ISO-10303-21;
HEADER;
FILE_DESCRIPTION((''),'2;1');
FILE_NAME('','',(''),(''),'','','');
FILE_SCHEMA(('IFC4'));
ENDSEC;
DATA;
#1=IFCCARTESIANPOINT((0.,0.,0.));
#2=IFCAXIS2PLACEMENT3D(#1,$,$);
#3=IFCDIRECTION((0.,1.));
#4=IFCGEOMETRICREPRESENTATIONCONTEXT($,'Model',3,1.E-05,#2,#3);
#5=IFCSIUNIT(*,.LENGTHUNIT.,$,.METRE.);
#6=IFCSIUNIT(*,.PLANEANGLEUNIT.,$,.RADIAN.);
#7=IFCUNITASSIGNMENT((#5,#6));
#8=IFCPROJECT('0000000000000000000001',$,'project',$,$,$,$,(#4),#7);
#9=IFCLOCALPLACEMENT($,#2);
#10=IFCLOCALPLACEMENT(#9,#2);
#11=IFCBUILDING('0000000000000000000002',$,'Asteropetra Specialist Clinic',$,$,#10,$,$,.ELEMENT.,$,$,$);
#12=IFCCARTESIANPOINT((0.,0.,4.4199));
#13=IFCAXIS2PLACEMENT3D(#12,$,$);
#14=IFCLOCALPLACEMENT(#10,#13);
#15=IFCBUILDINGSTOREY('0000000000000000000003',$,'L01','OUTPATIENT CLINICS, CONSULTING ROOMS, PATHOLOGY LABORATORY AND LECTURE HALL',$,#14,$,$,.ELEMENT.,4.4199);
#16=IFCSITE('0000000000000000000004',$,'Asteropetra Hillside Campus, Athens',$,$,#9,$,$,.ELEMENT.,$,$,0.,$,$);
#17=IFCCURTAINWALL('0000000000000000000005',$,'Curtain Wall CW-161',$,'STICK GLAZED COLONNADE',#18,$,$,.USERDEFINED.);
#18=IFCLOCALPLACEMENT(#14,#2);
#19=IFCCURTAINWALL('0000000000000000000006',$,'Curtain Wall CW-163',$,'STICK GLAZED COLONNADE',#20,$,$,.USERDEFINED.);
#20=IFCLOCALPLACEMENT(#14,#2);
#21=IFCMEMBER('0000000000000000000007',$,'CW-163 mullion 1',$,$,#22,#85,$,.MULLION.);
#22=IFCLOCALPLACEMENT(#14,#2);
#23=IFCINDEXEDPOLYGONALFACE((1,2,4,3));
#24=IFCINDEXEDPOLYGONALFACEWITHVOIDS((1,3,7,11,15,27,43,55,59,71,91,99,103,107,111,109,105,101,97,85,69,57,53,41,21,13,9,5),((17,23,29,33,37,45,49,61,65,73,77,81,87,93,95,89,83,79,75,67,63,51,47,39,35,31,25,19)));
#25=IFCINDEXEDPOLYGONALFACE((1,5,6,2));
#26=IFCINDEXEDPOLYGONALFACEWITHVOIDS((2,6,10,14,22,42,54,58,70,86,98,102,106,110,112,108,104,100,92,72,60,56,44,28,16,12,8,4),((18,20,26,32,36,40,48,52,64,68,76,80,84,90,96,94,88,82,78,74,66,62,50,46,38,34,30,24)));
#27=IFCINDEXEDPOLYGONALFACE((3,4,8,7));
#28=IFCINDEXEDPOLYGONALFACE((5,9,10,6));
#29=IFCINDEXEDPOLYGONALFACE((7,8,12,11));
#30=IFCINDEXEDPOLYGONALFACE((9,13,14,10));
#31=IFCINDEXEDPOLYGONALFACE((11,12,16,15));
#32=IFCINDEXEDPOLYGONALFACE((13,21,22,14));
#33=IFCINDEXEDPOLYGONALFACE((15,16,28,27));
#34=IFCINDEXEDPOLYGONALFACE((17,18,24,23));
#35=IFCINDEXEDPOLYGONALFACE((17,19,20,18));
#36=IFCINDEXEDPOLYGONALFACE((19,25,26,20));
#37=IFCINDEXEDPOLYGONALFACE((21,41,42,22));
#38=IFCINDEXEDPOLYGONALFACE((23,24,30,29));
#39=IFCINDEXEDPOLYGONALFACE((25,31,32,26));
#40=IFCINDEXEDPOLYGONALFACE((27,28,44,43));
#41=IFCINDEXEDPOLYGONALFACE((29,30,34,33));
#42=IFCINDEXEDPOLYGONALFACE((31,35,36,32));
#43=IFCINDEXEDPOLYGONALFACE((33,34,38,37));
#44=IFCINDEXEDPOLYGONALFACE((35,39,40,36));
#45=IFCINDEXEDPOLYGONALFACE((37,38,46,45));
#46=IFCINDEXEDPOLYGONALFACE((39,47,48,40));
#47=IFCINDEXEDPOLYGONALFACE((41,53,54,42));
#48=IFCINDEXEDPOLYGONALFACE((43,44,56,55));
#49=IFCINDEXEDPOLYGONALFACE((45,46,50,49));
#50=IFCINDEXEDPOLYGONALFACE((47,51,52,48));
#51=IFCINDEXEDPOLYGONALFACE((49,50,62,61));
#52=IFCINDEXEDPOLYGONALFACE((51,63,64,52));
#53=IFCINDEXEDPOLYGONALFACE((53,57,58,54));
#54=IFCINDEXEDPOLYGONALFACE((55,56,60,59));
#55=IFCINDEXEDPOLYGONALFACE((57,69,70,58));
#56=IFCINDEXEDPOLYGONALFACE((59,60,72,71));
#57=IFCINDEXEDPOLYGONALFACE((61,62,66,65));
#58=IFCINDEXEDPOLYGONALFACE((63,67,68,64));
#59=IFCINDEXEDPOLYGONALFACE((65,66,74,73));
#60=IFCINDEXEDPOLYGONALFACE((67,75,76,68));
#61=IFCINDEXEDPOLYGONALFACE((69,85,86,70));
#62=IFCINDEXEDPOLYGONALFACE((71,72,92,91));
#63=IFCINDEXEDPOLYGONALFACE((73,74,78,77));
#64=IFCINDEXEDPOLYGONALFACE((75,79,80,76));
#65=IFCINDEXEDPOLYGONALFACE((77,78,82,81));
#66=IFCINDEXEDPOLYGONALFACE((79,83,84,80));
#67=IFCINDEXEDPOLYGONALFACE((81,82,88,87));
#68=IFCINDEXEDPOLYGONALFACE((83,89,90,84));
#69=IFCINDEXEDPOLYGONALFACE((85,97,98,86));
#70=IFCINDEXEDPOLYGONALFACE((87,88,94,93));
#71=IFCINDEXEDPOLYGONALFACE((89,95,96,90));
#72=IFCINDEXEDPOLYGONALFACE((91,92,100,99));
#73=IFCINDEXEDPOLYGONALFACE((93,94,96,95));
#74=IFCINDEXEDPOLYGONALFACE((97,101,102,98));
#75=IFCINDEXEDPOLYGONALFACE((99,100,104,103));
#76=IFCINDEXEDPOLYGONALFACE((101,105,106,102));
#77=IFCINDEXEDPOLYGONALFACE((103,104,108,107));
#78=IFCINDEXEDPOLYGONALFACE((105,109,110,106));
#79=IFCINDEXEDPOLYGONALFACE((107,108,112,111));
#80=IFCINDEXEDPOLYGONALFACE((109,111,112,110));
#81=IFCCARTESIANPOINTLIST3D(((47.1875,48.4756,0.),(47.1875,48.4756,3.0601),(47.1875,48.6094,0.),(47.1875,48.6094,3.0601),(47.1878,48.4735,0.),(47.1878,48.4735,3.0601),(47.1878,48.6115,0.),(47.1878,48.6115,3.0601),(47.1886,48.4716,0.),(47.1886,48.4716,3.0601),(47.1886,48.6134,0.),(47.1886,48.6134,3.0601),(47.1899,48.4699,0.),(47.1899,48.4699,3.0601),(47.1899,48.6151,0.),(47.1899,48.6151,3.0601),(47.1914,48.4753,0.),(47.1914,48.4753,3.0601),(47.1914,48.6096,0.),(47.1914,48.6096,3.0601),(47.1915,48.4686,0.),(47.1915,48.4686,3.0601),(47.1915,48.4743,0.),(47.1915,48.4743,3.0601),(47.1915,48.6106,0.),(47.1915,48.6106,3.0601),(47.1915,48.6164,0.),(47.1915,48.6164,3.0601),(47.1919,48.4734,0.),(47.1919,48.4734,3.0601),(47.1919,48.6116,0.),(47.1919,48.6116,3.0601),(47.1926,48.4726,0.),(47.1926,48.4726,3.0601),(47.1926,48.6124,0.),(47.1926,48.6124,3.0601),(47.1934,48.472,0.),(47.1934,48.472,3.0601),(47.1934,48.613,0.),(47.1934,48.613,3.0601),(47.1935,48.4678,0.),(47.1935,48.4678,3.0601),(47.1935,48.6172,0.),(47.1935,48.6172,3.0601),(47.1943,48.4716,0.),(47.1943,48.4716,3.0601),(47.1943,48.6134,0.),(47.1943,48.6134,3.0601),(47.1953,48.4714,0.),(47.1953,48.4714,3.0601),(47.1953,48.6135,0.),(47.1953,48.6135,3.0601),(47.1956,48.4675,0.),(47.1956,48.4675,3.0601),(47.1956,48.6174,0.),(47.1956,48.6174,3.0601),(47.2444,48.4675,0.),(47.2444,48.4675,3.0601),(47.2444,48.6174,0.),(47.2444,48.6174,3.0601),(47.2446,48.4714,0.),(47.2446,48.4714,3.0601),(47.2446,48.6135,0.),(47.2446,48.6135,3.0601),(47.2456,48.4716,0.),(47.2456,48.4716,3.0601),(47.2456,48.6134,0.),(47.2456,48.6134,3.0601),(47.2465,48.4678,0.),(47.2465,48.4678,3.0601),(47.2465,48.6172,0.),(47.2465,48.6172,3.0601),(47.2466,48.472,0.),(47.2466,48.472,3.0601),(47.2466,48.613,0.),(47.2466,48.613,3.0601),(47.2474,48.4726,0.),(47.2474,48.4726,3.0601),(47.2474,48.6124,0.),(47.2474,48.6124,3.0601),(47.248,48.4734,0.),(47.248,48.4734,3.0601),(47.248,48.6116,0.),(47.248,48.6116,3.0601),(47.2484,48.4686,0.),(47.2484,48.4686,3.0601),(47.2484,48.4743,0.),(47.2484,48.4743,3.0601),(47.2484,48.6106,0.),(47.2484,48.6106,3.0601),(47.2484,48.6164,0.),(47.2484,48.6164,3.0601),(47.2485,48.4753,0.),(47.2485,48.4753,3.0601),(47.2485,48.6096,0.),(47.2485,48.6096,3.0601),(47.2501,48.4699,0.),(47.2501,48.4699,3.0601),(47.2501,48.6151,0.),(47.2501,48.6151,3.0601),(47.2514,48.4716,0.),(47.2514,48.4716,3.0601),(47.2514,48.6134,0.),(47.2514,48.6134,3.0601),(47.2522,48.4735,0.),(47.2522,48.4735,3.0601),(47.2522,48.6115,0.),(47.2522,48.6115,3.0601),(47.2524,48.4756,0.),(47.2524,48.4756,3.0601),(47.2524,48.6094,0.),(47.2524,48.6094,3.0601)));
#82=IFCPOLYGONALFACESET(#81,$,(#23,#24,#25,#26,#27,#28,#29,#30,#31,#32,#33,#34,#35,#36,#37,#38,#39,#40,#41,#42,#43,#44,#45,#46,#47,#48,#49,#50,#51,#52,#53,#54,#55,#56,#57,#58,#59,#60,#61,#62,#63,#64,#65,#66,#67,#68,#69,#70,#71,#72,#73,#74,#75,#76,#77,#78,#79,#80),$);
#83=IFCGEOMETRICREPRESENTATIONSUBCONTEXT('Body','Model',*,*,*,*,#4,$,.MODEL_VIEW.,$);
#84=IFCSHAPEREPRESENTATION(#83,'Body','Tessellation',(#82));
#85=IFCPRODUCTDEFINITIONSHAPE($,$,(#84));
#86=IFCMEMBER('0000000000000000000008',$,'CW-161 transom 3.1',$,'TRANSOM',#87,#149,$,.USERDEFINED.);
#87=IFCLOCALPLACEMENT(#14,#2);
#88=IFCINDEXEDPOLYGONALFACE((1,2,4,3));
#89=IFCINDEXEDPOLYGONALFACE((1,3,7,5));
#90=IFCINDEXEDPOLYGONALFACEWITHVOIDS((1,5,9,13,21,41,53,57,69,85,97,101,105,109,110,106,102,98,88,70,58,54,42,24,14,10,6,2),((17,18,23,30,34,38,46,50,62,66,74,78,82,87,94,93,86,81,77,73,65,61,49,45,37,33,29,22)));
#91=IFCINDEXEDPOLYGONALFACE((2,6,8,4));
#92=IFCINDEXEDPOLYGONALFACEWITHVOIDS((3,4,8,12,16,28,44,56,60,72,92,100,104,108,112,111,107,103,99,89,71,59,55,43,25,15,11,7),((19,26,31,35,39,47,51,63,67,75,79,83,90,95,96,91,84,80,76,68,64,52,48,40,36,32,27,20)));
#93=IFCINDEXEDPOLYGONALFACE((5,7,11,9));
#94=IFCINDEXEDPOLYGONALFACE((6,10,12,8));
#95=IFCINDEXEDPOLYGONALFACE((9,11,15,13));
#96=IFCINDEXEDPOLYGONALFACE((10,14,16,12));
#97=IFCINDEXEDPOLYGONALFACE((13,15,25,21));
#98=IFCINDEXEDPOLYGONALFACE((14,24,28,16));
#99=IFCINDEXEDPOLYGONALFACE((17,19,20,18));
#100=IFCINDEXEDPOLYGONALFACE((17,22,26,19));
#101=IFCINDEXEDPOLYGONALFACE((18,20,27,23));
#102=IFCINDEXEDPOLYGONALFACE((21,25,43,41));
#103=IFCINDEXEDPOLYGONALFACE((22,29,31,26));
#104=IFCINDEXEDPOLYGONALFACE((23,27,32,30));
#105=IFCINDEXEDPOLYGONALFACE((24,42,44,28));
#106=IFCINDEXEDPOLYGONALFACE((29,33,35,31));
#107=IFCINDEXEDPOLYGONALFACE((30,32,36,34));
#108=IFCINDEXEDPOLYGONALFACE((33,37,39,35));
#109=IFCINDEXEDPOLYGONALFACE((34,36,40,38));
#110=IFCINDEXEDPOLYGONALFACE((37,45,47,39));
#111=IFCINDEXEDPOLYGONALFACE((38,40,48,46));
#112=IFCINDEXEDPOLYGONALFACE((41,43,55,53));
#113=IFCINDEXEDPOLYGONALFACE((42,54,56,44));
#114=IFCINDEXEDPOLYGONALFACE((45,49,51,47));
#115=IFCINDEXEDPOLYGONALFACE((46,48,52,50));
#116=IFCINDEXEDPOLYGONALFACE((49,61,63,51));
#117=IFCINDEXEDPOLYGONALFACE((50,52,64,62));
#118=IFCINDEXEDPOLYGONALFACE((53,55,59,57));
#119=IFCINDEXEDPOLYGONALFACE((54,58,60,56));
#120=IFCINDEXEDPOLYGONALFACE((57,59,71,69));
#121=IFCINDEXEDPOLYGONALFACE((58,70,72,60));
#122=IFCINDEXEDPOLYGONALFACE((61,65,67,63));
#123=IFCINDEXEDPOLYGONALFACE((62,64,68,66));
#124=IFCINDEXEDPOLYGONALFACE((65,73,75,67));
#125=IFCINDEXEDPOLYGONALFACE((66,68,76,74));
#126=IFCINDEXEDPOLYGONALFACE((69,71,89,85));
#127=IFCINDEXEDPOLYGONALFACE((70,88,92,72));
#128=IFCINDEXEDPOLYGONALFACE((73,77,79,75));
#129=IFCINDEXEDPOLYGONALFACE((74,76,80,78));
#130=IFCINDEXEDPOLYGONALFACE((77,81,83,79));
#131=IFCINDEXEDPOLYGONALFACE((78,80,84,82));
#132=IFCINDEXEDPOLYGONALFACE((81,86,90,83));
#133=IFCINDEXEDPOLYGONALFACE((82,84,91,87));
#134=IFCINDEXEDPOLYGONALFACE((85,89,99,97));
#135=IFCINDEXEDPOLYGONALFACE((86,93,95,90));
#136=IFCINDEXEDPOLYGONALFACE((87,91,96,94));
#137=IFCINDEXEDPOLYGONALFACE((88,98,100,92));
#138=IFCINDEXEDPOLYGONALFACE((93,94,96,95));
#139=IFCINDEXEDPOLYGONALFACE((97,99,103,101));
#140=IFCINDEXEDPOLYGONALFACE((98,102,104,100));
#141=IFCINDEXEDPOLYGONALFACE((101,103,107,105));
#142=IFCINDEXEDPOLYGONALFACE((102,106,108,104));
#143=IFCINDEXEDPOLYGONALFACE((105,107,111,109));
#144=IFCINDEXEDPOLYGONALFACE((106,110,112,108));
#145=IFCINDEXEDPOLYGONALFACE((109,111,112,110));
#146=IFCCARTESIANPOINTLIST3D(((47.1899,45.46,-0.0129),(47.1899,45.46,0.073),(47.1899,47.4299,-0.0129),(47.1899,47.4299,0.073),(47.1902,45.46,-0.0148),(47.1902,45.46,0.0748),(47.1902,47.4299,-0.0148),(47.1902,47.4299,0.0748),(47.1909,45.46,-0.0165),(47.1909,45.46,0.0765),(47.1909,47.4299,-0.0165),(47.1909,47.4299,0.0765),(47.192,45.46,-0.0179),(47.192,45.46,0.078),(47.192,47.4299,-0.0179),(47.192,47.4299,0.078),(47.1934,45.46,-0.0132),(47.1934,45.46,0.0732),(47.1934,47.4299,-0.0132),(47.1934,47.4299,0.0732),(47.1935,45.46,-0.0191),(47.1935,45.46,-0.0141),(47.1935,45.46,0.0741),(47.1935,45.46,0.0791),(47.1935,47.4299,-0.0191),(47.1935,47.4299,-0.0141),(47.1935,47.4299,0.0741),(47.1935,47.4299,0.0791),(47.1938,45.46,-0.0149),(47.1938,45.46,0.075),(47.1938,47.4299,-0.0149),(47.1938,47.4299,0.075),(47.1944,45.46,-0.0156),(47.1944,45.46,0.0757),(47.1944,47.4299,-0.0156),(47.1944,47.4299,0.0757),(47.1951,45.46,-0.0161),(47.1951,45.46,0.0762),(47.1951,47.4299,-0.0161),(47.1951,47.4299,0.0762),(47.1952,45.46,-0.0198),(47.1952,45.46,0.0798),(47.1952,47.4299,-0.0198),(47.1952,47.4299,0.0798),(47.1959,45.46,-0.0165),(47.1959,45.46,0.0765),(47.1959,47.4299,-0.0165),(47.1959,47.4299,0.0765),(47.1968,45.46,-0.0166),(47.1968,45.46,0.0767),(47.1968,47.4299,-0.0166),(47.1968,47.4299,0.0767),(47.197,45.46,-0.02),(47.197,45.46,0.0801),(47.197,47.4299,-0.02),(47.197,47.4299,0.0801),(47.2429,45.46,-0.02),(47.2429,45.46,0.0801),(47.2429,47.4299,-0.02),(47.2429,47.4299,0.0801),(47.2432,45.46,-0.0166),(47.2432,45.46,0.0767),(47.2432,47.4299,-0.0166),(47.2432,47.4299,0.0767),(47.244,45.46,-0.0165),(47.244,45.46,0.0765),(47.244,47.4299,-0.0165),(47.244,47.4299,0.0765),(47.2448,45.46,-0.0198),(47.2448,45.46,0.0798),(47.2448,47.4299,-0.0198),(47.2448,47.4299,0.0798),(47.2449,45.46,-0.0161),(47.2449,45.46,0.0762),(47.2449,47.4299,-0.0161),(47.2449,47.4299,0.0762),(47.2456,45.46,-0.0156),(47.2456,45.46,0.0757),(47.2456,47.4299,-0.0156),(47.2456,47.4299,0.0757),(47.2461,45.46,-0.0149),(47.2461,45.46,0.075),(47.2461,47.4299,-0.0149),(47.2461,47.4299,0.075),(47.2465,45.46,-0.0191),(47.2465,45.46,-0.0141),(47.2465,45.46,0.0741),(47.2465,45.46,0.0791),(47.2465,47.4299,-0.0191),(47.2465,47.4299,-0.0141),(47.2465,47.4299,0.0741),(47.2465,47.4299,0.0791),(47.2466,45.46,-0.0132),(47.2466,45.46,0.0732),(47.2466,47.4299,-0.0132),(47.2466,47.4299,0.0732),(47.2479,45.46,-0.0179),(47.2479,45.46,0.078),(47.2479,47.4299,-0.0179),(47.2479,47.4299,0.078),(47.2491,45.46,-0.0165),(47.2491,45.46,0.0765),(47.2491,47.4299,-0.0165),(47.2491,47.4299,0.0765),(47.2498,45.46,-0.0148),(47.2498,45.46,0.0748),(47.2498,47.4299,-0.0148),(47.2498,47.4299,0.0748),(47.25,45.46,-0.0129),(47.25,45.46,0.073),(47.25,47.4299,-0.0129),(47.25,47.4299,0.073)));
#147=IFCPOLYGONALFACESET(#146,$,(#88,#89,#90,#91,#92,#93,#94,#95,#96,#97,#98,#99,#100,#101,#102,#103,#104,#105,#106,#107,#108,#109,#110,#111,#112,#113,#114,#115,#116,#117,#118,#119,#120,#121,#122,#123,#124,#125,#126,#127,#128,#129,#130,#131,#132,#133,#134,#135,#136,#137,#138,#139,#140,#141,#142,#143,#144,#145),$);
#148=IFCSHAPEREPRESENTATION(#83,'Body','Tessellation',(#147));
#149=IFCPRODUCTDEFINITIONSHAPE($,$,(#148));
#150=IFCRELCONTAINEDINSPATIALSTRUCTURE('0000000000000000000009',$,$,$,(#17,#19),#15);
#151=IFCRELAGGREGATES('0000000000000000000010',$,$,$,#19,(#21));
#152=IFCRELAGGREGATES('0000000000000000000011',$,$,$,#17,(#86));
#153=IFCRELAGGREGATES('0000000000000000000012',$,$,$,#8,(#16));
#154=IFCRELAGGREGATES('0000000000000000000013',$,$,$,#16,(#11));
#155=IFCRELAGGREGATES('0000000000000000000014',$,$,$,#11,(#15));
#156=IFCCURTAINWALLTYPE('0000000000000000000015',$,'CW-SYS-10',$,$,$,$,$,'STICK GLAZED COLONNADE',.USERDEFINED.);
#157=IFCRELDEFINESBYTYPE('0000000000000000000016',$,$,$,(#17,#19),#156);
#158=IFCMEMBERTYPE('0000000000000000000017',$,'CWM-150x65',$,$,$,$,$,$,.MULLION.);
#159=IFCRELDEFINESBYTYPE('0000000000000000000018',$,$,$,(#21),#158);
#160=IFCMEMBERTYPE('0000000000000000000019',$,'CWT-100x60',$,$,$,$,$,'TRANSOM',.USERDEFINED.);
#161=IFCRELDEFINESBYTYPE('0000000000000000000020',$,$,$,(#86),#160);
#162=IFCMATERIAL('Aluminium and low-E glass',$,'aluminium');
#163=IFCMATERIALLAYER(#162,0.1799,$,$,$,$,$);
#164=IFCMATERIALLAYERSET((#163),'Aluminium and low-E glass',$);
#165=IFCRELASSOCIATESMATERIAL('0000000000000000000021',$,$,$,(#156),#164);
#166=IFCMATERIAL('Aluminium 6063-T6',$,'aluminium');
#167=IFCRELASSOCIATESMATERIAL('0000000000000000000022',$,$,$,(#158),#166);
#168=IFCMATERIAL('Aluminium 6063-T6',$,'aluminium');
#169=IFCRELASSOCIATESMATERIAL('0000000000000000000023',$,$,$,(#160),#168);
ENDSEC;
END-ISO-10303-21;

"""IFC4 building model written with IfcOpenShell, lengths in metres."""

from ifc_helpers import new_model, si_unit, direction, frame, origin, origin_2d, place, context, subcontext, project, spatial, hollow_rectangle, extrude, material, layer, layer_set, material_profile, profile_set, type_object, element, aggregate, save


model = new_model("IFC4")

# Units and contexts
model_context = context("Model", 3, precision=1e-05, world=origin(), true_north=direction((0.0, 1.0)))
body_context = subcontext(model_context, "Body", "Model", "MODEL_VIEW")
ifc_project = project(units=[si_unit("LENGTHUNIT", "METRE"), si_unit("PLANEANGLEUNIT", "RADIAN")], contexts=[model_context])

# Site, building, storey
site_placement = place(None, origin())
site = spatial("IfcSite", under=ifc_project, at=site_placement, Name="Asteropetra Hillside Campus, Athens", CompositionType="ELEMENT", RefElevation=0.0)
building_placement = place(site_placement, origin())
building = spatial("IfcBuilding", under=site, at=building_placement, Name="Asteropetra Specialist Clinic", CompositionType="ELEMENT")
storey_placement = place(building_placement, frame((0.0, 0.0, 4.4199)))
storey = spatial("IfcBuildingStorey", under=building, at=storey_placement, Name="L01", Description="OUTPATIENT CLINICS, CONSULTING ROOMS, PATHOLOGY LABORATORY AND LECTURE HALL", CompositionType="ELEMENT", Elevation=4.4199)

# Curtain wall
ifc_material_1 = material(Name="Aluminium and low-E glass", Category="aluminium")
ifc_layer_1 = layer(ifc_material_1, 0.1799)
ifc_layer_set_1 = layer_set([ifc_layer_1], Name="Aluminium and low-E glass")
curtain_wall_type = type_object("IfcCurtainWallType", Name="CW-SYS-10", ElementType="STICK GLAZED COLONNADE", PredefinedType="USERDEFINED", material=ifc_layer_set_1)
curtain_wall_1_placement = place(storey_placement, origin())
curtain_wall_1 = element("IfcCurtainWall", 1, at=curtain_wall_1_placement, inside=storey, type_object=curtain_wall_type, Name="Curtain Wall CW-161", ObjectType="STICK GLAZED COLONNADE", PredefinedType="USERDEFINED")

# Curtain wall, member
curtain_wall_2_placement = place(storey_placement, origin())
curtain_wall_2 = element("IfcCurtainWall", 2, at=curtain_wall_2_placement, inside=storey, type_object=curtain_wall_type, Name="Curtain Wall CW-163", ObjectType="STICK GLAZED COLONNADE", PredefinedType="USERDEFINED")
ifc_material_2 = material(Name="Aluminium 6063-T6", Category="aluminium")
ifc_material_profile_1 = material_profile(ifc_material_2, hollow_rectangle(XDim=0.0649, YDim=0.1499, WallThickness=0.0039, InnerFilletRadius=0.0039, OuterFilletRadius=0.0081, at=origin_2d()), Name="MUL 150x65x4.0")
ifc_profile_set_1 = profile_set([ifc_material_profile_1], Name="Aluminium 6063-T6")
member_type_1 = type_object("IfcMemberType", Name="CWM-150x65", PredefinedType="MULLION", material=ifc_profile_set_1)
member_1_placement = place(storey_placement, frame((47.22, 48.5425, 0.0), z_axis=(0.0, 0.0, 1.0), x_axis=(-1.0, 0.0, 0.0)))
member_1 = element("IfcMember", 3, at=member_1_placement, type_object=member_type_1, Name="CW-163 mullion 1", PredefinedType="MULLION", context=body_context, shape_type="SweptSolid", body=[
    extrude(hollow_rectangle(XDim=0.0649, YDim=0.1499, WallThickness=0.0039, InnerFilletRadius=0.0039, OuterFilletRadius=0.0081, at=origin_2d()), origin(), (0.0, 0.0, 1.0), 3.0601),
])

# Member
ifc_material_3 = material(Name="Aluminium 6063-T6", Category="aluminium")
ifc_material_profile_2 = material_profile(ifc_material_3, hollow_rectangle(XDim=0.0601, YDim=0.1001, WallThickness=0.0034, InnerFilletRadius=0.0034, OuterFilletRadius=0.0071, at=origin_2d()), Name="TRN 100x60x3.5")
ifc_profile_set_2 = profile_set([ifc_material_profile_2], Name="Aluminium 6063-T6")
member_type_2 = type_object("IfcMemberType", Name="CWT-100x60", ElementType="TRANSOM", PredefinedType="USERDEFINED", material=ifc_profile_set_2)
member_2_placement = place(storey_placement, frame((47.22, 45.46, 0.03), z_axis=(0.0, 1.0, 0.0), x_axis=(-1.0, 0.0, 0.0)))
member_2 = element("IfcMember", 4, at=member_2_placement, type_object=member_type_2, Name="CW-161 transom 3.1", ObjectType="TRANSOM", PredefinedType="USERDEFINED", context=body_context, shape_type="SweptSolid", body=[
    extrude(hollow_rectangle(XDim=0.0601, YDim=0.1001, WallThickness=0.0034, InnerFilletRadius=0.0034, OuterFilletRadius=0.0071, at=origin_2d()), origin(), (0.0, 0.0, 1.0), 1.97),
])
aggregate(curtain_wall_2, [member_1])

aggregate(curtain_wall_1, [member_2])

save(model, "model.ifc")
